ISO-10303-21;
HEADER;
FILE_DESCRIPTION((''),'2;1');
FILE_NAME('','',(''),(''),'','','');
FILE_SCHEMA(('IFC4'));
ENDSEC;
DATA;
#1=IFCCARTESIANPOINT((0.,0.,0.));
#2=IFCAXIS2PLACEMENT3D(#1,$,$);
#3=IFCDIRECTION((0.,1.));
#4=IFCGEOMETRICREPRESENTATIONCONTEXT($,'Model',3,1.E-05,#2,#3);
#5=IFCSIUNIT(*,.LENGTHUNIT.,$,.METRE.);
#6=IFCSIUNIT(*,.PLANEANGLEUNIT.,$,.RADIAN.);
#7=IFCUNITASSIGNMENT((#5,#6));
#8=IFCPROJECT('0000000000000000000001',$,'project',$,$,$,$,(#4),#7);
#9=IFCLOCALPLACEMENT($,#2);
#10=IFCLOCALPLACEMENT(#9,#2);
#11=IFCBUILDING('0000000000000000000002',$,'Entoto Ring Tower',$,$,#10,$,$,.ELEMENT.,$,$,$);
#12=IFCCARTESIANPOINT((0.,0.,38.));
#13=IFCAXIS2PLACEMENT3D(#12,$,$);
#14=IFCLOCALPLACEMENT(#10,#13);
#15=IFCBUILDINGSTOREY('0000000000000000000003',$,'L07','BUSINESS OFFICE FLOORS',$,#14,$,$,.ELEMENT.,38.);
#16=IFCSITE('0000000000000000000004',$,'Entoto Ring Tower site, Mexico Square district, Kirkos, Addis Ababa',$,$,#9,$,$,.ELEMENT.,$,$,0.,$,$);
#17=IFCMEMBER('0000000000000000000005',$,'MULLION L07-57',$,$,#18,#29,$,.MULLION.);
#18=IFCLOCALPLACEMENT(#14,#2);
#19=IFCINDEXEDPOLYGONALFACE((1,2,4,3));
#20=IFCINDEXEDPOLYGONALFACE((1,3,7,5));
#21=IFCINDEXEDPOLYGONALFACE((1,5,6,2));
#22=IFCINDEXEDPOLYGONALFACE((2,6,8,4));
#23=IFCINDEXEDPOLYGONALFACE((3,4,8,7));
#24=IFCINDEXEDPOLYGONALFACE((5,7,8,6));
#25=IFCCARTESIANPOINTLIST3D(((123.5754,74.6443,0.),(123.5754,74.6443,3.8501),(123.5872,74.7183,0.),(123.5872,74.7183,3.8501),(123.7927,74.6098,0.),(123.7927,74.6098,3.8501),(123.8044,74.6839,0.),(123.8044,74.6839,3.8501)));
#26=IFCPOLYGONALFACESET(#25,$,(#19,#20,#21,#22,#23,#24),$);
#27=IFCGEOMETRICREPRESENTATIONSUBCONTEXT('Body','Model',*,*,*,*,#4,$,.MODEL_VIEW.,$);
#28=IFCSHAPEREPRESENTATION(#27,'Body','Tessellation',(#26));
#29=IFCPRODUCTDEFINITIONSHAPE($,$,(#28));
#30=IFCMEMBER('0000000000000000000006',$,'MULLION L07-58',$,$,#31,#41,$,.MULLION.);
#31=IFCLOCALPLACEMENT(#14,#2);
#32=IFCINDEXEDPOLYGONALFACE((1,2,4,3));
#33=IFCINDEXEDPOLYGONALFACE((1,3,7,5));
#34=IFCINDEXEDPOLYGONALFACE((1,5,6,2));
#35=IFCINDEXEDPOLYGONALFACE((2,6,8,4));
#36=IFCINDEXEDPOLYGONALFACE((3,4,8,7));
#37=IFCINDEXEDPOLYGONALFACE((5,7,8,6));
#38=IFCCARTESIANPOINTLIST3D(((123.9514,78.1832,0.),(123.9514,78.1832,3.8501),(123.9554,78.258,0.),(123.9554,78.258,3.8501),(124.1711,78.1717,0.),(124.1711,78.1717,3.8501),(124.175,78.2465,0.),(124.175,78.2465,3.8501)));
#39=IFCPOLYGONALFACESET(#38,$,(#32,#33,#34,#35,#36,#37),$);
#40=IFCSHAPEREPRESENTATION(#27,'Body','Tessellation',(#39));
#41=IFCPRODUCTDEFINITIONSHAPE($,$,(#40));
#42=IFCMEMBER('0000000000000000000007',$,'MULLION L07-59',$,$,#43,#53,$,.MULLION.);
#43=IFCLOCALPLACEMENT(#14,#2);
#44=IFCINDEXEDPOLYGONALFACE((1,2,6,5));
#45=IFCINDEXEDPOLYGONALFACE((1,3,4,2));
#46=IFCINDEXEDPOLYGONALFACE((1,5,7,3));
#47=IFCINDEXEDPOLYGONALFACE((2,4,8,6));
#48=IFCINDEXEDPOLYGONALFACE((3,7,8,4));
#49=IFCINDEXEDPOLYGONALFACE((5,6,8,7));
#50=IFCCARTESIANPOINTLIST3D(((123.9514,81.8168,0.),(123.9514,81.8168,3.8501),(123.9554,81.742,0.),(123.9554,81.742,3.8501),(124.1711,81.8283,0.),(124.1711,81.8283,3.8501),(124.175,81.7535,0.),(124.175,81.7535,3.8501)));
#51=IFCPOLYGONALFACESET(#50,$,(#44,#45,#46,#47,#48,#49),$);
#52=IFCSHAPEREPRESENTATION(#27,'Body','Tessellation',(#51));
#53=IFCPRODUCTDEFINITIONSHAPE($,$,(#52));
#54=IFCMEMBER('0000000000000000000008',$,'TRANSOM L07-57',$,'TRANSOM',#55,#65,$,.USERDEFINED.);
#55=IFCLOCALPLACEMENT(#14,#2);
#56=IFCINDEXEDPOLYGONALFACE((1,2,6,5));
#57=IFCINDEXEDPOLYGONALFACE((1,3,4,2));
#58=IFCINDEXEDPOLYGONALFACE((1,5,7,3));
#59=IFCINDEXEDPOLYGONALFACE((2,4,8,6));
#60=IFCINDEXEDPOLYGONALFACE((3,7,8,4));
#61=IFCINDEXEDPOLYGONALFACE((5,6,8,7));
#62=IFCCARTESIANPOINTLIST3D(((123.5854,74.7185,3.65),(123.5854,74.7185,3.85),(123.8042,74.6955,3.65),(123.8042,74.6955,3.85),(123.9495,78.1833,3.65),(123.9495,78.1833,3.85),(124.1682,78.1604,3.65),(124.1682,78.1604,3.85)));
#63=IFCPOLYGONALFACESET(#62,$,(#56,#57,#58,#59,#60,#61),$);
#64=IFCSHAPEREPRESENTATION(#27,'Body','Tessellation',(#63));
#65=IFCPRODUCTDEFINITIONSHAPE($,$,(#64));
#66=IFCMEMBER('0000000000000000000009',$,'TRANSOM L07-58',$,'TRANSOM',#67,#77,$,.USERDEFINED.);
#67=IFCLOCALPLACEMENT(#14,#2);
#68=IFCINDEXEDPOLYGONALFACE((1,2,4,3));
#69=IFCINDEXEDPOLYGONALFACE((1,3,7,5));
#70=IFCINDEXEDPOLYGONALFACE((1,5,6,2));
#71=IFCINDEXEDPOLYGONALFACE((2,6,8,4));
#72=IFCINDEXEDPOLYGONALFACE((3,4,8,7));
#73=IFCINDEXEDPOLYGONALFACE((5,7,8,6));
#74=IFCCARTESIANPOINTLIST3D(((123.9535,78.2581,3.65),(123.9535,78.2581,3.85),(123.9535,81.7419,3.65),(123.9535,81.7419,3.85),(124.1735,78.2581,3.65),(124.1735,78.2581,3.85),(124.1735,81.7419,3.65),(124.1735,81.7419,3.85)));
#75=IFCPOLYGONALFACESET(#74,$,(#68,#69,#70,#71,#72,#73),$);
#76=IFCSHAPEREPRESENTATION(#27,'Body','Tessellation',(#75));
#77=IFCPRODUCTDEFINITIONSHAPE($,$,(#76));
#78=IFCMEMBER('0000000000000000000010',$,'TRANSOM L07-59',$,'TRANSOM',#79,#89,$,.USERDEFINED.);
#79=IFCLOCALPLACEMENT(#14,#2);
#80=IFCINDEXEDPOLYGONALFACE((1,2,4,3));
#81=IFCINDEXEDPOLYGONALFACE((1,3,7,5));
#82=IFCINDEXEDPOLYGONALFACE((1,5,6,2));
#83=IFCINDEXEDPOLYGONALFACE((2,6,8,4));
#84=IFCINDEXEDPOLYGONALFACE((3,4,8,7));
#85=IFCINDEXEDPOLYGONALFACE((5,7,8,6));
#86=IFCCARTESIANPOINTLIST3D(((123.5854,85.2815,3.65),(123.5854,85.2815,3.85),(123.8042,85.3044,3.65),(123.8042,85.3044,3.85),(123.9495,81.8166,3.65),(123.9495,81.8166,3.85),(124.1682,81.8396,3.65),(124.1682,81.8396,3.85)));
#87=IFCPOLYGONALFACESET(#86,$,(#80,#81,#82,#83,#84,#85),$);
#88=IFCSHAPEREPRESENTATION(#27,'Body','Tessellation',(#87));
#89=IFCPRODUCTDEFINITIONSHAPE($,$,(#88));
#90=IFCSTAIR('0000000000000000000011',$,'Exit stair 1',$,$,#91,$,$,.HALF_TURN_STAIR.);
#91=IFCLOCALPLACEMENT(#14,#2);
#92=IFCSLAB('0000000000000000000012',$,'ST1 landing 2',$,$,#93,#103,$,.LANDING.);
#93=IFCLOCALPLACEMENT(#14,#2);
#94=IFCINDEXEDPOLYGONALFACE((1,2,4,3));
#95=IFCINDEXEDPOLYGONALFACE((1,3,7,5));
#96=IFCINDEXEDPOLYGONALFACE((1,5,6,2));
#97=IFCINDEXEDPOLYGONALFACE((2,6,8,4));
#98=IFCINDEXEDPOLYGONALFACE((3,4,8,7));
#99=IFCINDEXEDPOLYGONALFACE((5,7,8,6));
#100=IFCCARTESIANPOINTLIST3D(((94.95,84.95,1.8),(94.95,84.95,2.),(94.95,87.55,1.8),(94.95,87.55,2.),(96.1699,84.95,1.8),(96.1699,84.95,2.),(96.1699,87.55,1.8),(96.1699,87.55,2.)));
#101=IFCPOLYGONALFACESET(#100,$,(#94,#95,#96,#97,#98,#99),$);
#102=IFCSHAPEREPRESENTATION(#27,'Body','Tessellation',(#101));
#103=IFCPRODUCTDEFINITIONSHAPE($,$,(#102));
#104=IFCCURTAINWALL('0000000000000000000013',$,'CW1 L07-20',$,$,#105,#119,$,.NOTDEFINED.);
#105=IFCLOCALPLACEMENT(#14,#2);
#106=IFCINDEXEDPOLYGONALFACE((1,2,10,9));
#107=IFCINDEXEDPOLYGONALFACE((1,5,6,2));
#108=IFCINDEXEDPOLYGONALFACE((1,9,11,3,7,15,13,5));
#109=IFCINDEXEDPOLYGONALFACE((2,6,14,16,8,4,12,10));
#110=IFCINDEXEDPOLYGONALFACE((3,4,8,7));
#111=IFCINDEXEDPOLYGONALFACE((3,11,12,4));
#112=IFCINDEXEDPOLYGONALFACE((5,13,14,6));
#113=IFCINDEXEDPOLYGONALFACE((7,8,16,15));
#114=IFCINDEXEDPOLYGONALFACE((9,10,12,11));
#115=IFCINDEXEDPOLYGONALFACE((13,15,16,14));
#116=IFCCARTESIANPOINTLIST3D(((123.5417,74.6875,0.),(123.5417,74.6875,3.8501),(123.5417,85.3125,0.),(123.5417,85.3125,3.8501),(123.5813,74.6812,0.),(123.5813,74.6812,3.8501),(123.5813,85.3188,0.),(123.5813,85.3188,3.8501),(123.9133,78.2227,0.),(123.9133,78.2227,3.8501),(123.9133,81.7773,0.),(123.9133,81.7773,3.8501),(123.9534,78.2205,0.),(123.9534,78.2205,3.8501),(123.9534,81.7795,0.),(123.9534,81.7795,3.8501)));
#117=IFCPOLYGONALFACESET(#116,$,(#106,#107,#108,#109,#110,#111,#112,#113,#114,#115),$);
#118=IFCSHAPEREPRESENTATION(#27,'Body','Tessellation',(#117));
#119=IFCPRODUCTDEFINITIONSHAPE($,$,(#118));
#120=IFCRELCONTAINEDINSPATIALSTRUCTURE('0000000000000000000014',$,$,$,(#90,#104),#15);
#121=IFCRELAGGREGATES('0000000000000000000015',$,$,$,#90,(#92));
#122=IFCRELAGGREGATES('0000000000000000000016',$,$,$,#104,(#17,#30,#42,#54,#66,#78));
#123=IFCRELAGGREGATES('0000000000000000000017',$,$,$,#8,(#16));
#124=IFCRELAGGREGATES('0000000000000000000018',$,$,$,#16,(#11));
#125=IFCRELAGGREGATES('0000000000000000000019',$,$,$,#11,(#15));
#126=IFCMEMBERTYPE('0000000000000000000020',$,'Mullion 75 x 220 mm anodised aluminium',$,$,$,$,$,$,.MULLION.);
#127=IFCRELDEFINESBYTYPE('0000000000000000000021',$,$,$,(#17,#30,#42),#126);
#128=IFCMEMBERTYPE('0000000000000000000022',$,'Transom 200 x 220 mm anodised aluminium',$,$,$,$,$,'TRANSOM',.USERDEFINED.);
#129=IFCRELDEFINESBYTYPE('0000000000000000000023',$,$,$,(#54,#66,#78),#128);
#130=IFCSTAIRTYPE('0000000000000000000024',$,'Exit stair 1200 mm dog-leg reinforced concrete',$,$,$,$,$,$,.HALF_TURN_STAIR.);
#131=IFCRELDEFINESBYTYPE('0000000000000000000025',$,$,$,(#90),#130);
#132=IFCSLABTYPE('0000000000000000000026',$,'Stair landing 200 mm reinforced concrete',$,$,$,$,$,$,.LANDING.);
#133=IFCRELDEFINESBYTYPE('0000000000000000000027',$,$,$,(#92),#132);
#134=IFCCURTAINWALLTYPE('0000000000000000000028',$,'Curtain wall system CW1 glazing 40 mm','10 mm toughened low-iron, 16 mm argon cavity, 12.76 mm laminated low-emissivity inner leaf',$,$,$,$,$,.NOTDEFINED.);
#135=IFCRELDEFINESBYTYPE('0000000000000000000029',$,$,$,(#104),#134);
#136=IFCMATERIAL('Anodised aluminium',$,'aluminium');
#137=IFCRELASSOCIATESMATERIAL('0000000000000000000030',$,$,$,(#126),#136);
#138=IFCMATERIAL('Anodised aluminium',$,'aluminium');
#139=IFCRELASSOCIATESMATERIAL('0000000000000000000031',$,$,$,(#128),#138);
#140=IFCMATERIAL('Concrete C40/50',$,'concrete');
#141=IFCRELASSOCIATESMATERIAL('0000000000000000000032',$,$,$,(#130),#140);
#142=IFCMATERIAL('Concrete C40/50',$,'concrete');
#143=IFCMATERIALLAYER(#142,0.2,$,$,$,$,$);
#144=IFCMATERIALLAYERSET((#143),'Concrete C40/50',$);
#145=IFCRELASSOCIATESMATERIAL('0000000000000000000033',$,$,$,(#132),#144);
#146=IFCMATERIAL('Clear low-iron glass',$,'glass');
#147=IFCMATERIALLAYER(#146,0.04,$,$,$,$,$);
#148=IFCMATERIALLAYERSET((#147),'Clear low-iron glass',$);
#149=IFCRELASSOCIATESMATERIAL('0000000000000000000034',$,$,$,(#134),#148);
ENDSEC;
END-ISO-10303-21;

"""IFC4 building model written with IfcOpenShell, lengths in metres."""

from ifc_helpers import new_model, si_unit, direction, frame, origin, origin_2d, place, context, subcontext, project, spatial, polyline, rectangle, outline, extrude, material, layer, layer_set, material_profile, profile_set, type_object, element, aggregate, save


model = new_model("IFC4")

# Units and contexts
model_context = context("Model", 3, precision=1e-05, world=origin(), true_north=direction((0.0, 1.0)))
body_context = subcontext(model_context, "Body", "Model", "MODEL_VIEW")
ifc_project = project(units=[si_unit("LENGTHUNIT", "METRE"), si_unit("PLANEANGLEUNIT", "RADIAN")], contexts=[model_context])

# Members
ifc_material_1 = material(Name="Anodised aluminium", Category="aluminium")
ifc_material_profile_1 = material_profile(ifc_material_1, rectangle(XDim=0.075, YDim=0.22, at=origin_2d()), Name="Mullion 75 x 220 mm anodised aluminium")
ifc_profile_set_1 = profile_set([ifc_material_profile_1], Name="Anodised aluminium")
member_type_1 = type_object("IfcMemberType", Name="Mullion 75 x 220 mm anodised aluminium", PredefinedType="MULLION", material=ifc_profile_set_1)
site_placement = place(None, origin())
building_placement = place(site_placement, origin())
storey_placement = place(building_placement, frame((0.0, 0.0, 38.0)))
member_1_placement = place(storey_placement, frame((123.6899, 74.6641, 0.0), z_axis=(0.0, 0.0, 1.0), x_axis=(0.156434, 0.987688, 0.0)))
member_1 = element("IfcMember", 1, at=member_1_placement, type_object=member_type_1, Name="MULLION L07-57", PredefinedType="MULLION", context=body_context, shape_type="SweptSolid", body=[
    extrude(rectangle(XDim=0.075, YDim=0.22, at=origin_2d()), origin(), (0.0, 0.0, 1.0), 3.8501),
])
member_2_placement = place(storey_placement, frame((124.0632, 78.2148, 0.0), z_axis=(0.0, 0.0, 1.0), x_axis=(0.052336, 0.99863, 0.0)))
member_2 = element("IfcMember", 2, at=member_2_placement, type_object=member_type_1, Name="MULLION L07-58", PredefinedType="MULLION", context=body_context, shape_type="SweptSolid", body=[
    extrude(rectangle(XDim=0.075, YDim=0.22, at=origin_2d()), origin(), (0.0, 0.0, 1.0), 3.8501),
])
member_3_placement = place(storey_placement, frame((124.0632, 81.7852, 0.0), z_axis=(0.0, 0.0, 1.0), x_axis=(-0.052336, 0.99863, 0.0)))
member_3 = element("IfcMember", 3, at=member_3_placement, type_object=member_type_1, Name="MULLION L07-59", PredefinedType="MULLION", context=body_context, shape_type="SweptSolid", body=[
    extrude(rectangle(XDim=0.075, YDim=0.22, at=origin_2d()), origin(), (0.0, 0.0, 1.0), 3.8501),
])
ifc_material_2 = material(Name="Anodised aluminium", Category="aluminium")
ifc_material_profile_2 = material_profile(ifc_material_2, rectangle(XDim=0.22, YDim=0.2, at=origin_2d()), Name="Transom 200 x 220 mm anodised aluminium")
ifc_profile_set_2 = profile_set([ifc_material_profile_2], Name="Anodised aluminium")
member_type_2 = type_object("IfcMemberType", Name="Transom 200 x 220 mm anodised aluminium", ElementType="TRANSOM", PredefinedType="USERDEFINED", material=ifc_profile_set_2)
member_4_placement = place(storey_placement, frame((123.6948, 74.707, 3.75), z_axis=(0.104484, 0.994527, 0.0), x_axis=(-0.994527, 0.104484, 0.0)))
member_4 = element("IfcMember", 4, at=member_4_placement, type_object=member_type_2, Name="TRANSOM L07-57", ObjectType="TRANSOM", PredefinedType="USERDEFINED", context=body_context, shape_type="SweptSolid", body=[
    extrude(rectangle(XDim=0.22, YDim=0.2, at=origin_2d()), origin(), (0.0, 0.0, 1.0), 3.4839),
])
member_5_placement = place(storey_placement, frame((124.0635, 78.2581, 3.75), z_axis=(0.0, 1.0, 0.0), x_axis=(-1.0, 0.0, 0.0)))
member_5 = element("IfcMember", 5, at=member_5_placement, type_object=member_type_2, Name="TRANSOM L07-58", ObjectType="TRANSOM", PredefinedType="USERDEFINED", context=body_context, shape_type="SweptSolid", body=[
    extrude(rectangle(XDim=0.22, YDim=0.2, at=origin_2d()), origin(), (0.0, 0.0, 1.0), 3.4839),
])
member_6_placement = place(storey_placement, frame((124.0588, 81.8281, 3.75), z_axis=(-0.104484, 0.994527, 0.0), x_axis=(-0.994527, -0.104484, 0.0)))
member_6 = element("IfcMember", 6, at=member_6_placement, type_object=member_type_2, Name="TRANSOM L07-59", ObjectType="TRANSOM", PredefinedType="USERDEFINED", context=body_context, shape_type="SweptSolid", body=[
    extrude(rectangle(XDim=0.22, YDim=0.2, at=origin_2d()), origin(), (0.0, 0.0, 1.0), 3.4839),
])

# Site, building, storey
site = spatial("IfcSite", under=ifc_project, at=site_placement, Name="Entoto Ring Tower site, Mexico Square district, Kirkos, Addis Ababa", CompositionType="ELEMENT", RefElevation=0.0)
building = spatial("IfcBuilding", under=site, at=building_placement, Name="Entoto Ring Tower", CompositionType="ELEMENT")
storey = spatial("IfcBuildingStorey", under=building, at=storey_placement, Name="L07", Description="BUSINESS OFFICE FLOORS", CompositionType="ELEMENT", Elevation=38.0)

# Stair, slab
ifc_material_3 = material(Name="Concrete C40/50", Category="concrete")
stair_type = type_object("IfcStairType", Name="Exit stair 1200 mm dog-leg reinforced concrete", PredefinedType="HALF_TURN_STAIR", material=ifc_material_3)
stair_placement = place(storey_placement, origin())
stair = element("IfcStair", 7, at=stair_placement, inside=storey, type_object=stair_type, Name="Exit stair 1", PredefinedType="HALF_TURN_STAIR")
ifc_material_4 = material(Name="Concrete C40/50", Category="concrete")
ifc_layer_1 = layer(ifc_material_4, 0.2)
ifc_layer_set_1 = layer_set([ifc_layer_1], Name="Concrete C40/50")
slab_type = type_object("IfcSlabType", Name="Stair landing 200 mm reinforced concrete", PredefinedType="LANDING", material=ifc_layer_set_1)
slab_placement = place(storey_placement, frame((0.0, 0.0, 1.8)))
slab = element("IfcSlab", 8, at=slab_placement, type_object=slab_type, Name="ST1 landing 2", PredefinedType="LANDING", context=body_context, shape_type="SweptSolid", body=[
    extrude(outline(polyline([(94.95, 84.95), (96.1699, 84.95), (96.1699, 87.55), (94.95, 87.55), (94.95, 84.95)])), origin(), (0.0, 0.0, 1.0), 0.2),
])
aggregate(stair, [slab])

# Curtain wall
ifc_material_5 = material(Name="Clear low-iron glass", Category="glass")
ifc_layer_2 = layer(ifc_material_5, 0.04)
ifc_layer_set_2 = layer_set([ifc_layer_2], Name="Clear low-iron glass")
curtain_wall_type = type_object("IfcCurtainWallType", Name="Curtain wall system CW1 glazing 40 mm", Description="10 mm toughened low-iron, 16 mm argon cavity, 12.76 mm laminated low-emissivity inner leaf", PredefinedType="NOTDEFINED", material=ifc_layer_set_2)
curtain_wall_1_placement = place(storey_placement, origin())
curtain_wall_1 = element("IfcCurtainWall", 9, at=curtain_wall_1_placement, inside=storey, type_object=curtain_wall_type, Name="CW1 L07-20", PredefinedType="NOTDEFINED", context=body_context, shape_type="SweptSolid", body=[
    extrude(outline(polyline([(123.5813, 74.6812), (123.9534, 78.2205), (123.9534, 81.7795), (123.5813, 85.3188), (123.5417, 85.3125), (123.9133, 81.7773), (123.9133, 78.2227), (123.5417, 74.6875), (123.5813, 74.6812)])), origin(), (0.0, 0.0, 1.0), 3.8501),
])
aggregate(curtain_wall_1, [member_1, member_2, member_3, member_4, member_5, member_6])

save(model, "model.ifc")
